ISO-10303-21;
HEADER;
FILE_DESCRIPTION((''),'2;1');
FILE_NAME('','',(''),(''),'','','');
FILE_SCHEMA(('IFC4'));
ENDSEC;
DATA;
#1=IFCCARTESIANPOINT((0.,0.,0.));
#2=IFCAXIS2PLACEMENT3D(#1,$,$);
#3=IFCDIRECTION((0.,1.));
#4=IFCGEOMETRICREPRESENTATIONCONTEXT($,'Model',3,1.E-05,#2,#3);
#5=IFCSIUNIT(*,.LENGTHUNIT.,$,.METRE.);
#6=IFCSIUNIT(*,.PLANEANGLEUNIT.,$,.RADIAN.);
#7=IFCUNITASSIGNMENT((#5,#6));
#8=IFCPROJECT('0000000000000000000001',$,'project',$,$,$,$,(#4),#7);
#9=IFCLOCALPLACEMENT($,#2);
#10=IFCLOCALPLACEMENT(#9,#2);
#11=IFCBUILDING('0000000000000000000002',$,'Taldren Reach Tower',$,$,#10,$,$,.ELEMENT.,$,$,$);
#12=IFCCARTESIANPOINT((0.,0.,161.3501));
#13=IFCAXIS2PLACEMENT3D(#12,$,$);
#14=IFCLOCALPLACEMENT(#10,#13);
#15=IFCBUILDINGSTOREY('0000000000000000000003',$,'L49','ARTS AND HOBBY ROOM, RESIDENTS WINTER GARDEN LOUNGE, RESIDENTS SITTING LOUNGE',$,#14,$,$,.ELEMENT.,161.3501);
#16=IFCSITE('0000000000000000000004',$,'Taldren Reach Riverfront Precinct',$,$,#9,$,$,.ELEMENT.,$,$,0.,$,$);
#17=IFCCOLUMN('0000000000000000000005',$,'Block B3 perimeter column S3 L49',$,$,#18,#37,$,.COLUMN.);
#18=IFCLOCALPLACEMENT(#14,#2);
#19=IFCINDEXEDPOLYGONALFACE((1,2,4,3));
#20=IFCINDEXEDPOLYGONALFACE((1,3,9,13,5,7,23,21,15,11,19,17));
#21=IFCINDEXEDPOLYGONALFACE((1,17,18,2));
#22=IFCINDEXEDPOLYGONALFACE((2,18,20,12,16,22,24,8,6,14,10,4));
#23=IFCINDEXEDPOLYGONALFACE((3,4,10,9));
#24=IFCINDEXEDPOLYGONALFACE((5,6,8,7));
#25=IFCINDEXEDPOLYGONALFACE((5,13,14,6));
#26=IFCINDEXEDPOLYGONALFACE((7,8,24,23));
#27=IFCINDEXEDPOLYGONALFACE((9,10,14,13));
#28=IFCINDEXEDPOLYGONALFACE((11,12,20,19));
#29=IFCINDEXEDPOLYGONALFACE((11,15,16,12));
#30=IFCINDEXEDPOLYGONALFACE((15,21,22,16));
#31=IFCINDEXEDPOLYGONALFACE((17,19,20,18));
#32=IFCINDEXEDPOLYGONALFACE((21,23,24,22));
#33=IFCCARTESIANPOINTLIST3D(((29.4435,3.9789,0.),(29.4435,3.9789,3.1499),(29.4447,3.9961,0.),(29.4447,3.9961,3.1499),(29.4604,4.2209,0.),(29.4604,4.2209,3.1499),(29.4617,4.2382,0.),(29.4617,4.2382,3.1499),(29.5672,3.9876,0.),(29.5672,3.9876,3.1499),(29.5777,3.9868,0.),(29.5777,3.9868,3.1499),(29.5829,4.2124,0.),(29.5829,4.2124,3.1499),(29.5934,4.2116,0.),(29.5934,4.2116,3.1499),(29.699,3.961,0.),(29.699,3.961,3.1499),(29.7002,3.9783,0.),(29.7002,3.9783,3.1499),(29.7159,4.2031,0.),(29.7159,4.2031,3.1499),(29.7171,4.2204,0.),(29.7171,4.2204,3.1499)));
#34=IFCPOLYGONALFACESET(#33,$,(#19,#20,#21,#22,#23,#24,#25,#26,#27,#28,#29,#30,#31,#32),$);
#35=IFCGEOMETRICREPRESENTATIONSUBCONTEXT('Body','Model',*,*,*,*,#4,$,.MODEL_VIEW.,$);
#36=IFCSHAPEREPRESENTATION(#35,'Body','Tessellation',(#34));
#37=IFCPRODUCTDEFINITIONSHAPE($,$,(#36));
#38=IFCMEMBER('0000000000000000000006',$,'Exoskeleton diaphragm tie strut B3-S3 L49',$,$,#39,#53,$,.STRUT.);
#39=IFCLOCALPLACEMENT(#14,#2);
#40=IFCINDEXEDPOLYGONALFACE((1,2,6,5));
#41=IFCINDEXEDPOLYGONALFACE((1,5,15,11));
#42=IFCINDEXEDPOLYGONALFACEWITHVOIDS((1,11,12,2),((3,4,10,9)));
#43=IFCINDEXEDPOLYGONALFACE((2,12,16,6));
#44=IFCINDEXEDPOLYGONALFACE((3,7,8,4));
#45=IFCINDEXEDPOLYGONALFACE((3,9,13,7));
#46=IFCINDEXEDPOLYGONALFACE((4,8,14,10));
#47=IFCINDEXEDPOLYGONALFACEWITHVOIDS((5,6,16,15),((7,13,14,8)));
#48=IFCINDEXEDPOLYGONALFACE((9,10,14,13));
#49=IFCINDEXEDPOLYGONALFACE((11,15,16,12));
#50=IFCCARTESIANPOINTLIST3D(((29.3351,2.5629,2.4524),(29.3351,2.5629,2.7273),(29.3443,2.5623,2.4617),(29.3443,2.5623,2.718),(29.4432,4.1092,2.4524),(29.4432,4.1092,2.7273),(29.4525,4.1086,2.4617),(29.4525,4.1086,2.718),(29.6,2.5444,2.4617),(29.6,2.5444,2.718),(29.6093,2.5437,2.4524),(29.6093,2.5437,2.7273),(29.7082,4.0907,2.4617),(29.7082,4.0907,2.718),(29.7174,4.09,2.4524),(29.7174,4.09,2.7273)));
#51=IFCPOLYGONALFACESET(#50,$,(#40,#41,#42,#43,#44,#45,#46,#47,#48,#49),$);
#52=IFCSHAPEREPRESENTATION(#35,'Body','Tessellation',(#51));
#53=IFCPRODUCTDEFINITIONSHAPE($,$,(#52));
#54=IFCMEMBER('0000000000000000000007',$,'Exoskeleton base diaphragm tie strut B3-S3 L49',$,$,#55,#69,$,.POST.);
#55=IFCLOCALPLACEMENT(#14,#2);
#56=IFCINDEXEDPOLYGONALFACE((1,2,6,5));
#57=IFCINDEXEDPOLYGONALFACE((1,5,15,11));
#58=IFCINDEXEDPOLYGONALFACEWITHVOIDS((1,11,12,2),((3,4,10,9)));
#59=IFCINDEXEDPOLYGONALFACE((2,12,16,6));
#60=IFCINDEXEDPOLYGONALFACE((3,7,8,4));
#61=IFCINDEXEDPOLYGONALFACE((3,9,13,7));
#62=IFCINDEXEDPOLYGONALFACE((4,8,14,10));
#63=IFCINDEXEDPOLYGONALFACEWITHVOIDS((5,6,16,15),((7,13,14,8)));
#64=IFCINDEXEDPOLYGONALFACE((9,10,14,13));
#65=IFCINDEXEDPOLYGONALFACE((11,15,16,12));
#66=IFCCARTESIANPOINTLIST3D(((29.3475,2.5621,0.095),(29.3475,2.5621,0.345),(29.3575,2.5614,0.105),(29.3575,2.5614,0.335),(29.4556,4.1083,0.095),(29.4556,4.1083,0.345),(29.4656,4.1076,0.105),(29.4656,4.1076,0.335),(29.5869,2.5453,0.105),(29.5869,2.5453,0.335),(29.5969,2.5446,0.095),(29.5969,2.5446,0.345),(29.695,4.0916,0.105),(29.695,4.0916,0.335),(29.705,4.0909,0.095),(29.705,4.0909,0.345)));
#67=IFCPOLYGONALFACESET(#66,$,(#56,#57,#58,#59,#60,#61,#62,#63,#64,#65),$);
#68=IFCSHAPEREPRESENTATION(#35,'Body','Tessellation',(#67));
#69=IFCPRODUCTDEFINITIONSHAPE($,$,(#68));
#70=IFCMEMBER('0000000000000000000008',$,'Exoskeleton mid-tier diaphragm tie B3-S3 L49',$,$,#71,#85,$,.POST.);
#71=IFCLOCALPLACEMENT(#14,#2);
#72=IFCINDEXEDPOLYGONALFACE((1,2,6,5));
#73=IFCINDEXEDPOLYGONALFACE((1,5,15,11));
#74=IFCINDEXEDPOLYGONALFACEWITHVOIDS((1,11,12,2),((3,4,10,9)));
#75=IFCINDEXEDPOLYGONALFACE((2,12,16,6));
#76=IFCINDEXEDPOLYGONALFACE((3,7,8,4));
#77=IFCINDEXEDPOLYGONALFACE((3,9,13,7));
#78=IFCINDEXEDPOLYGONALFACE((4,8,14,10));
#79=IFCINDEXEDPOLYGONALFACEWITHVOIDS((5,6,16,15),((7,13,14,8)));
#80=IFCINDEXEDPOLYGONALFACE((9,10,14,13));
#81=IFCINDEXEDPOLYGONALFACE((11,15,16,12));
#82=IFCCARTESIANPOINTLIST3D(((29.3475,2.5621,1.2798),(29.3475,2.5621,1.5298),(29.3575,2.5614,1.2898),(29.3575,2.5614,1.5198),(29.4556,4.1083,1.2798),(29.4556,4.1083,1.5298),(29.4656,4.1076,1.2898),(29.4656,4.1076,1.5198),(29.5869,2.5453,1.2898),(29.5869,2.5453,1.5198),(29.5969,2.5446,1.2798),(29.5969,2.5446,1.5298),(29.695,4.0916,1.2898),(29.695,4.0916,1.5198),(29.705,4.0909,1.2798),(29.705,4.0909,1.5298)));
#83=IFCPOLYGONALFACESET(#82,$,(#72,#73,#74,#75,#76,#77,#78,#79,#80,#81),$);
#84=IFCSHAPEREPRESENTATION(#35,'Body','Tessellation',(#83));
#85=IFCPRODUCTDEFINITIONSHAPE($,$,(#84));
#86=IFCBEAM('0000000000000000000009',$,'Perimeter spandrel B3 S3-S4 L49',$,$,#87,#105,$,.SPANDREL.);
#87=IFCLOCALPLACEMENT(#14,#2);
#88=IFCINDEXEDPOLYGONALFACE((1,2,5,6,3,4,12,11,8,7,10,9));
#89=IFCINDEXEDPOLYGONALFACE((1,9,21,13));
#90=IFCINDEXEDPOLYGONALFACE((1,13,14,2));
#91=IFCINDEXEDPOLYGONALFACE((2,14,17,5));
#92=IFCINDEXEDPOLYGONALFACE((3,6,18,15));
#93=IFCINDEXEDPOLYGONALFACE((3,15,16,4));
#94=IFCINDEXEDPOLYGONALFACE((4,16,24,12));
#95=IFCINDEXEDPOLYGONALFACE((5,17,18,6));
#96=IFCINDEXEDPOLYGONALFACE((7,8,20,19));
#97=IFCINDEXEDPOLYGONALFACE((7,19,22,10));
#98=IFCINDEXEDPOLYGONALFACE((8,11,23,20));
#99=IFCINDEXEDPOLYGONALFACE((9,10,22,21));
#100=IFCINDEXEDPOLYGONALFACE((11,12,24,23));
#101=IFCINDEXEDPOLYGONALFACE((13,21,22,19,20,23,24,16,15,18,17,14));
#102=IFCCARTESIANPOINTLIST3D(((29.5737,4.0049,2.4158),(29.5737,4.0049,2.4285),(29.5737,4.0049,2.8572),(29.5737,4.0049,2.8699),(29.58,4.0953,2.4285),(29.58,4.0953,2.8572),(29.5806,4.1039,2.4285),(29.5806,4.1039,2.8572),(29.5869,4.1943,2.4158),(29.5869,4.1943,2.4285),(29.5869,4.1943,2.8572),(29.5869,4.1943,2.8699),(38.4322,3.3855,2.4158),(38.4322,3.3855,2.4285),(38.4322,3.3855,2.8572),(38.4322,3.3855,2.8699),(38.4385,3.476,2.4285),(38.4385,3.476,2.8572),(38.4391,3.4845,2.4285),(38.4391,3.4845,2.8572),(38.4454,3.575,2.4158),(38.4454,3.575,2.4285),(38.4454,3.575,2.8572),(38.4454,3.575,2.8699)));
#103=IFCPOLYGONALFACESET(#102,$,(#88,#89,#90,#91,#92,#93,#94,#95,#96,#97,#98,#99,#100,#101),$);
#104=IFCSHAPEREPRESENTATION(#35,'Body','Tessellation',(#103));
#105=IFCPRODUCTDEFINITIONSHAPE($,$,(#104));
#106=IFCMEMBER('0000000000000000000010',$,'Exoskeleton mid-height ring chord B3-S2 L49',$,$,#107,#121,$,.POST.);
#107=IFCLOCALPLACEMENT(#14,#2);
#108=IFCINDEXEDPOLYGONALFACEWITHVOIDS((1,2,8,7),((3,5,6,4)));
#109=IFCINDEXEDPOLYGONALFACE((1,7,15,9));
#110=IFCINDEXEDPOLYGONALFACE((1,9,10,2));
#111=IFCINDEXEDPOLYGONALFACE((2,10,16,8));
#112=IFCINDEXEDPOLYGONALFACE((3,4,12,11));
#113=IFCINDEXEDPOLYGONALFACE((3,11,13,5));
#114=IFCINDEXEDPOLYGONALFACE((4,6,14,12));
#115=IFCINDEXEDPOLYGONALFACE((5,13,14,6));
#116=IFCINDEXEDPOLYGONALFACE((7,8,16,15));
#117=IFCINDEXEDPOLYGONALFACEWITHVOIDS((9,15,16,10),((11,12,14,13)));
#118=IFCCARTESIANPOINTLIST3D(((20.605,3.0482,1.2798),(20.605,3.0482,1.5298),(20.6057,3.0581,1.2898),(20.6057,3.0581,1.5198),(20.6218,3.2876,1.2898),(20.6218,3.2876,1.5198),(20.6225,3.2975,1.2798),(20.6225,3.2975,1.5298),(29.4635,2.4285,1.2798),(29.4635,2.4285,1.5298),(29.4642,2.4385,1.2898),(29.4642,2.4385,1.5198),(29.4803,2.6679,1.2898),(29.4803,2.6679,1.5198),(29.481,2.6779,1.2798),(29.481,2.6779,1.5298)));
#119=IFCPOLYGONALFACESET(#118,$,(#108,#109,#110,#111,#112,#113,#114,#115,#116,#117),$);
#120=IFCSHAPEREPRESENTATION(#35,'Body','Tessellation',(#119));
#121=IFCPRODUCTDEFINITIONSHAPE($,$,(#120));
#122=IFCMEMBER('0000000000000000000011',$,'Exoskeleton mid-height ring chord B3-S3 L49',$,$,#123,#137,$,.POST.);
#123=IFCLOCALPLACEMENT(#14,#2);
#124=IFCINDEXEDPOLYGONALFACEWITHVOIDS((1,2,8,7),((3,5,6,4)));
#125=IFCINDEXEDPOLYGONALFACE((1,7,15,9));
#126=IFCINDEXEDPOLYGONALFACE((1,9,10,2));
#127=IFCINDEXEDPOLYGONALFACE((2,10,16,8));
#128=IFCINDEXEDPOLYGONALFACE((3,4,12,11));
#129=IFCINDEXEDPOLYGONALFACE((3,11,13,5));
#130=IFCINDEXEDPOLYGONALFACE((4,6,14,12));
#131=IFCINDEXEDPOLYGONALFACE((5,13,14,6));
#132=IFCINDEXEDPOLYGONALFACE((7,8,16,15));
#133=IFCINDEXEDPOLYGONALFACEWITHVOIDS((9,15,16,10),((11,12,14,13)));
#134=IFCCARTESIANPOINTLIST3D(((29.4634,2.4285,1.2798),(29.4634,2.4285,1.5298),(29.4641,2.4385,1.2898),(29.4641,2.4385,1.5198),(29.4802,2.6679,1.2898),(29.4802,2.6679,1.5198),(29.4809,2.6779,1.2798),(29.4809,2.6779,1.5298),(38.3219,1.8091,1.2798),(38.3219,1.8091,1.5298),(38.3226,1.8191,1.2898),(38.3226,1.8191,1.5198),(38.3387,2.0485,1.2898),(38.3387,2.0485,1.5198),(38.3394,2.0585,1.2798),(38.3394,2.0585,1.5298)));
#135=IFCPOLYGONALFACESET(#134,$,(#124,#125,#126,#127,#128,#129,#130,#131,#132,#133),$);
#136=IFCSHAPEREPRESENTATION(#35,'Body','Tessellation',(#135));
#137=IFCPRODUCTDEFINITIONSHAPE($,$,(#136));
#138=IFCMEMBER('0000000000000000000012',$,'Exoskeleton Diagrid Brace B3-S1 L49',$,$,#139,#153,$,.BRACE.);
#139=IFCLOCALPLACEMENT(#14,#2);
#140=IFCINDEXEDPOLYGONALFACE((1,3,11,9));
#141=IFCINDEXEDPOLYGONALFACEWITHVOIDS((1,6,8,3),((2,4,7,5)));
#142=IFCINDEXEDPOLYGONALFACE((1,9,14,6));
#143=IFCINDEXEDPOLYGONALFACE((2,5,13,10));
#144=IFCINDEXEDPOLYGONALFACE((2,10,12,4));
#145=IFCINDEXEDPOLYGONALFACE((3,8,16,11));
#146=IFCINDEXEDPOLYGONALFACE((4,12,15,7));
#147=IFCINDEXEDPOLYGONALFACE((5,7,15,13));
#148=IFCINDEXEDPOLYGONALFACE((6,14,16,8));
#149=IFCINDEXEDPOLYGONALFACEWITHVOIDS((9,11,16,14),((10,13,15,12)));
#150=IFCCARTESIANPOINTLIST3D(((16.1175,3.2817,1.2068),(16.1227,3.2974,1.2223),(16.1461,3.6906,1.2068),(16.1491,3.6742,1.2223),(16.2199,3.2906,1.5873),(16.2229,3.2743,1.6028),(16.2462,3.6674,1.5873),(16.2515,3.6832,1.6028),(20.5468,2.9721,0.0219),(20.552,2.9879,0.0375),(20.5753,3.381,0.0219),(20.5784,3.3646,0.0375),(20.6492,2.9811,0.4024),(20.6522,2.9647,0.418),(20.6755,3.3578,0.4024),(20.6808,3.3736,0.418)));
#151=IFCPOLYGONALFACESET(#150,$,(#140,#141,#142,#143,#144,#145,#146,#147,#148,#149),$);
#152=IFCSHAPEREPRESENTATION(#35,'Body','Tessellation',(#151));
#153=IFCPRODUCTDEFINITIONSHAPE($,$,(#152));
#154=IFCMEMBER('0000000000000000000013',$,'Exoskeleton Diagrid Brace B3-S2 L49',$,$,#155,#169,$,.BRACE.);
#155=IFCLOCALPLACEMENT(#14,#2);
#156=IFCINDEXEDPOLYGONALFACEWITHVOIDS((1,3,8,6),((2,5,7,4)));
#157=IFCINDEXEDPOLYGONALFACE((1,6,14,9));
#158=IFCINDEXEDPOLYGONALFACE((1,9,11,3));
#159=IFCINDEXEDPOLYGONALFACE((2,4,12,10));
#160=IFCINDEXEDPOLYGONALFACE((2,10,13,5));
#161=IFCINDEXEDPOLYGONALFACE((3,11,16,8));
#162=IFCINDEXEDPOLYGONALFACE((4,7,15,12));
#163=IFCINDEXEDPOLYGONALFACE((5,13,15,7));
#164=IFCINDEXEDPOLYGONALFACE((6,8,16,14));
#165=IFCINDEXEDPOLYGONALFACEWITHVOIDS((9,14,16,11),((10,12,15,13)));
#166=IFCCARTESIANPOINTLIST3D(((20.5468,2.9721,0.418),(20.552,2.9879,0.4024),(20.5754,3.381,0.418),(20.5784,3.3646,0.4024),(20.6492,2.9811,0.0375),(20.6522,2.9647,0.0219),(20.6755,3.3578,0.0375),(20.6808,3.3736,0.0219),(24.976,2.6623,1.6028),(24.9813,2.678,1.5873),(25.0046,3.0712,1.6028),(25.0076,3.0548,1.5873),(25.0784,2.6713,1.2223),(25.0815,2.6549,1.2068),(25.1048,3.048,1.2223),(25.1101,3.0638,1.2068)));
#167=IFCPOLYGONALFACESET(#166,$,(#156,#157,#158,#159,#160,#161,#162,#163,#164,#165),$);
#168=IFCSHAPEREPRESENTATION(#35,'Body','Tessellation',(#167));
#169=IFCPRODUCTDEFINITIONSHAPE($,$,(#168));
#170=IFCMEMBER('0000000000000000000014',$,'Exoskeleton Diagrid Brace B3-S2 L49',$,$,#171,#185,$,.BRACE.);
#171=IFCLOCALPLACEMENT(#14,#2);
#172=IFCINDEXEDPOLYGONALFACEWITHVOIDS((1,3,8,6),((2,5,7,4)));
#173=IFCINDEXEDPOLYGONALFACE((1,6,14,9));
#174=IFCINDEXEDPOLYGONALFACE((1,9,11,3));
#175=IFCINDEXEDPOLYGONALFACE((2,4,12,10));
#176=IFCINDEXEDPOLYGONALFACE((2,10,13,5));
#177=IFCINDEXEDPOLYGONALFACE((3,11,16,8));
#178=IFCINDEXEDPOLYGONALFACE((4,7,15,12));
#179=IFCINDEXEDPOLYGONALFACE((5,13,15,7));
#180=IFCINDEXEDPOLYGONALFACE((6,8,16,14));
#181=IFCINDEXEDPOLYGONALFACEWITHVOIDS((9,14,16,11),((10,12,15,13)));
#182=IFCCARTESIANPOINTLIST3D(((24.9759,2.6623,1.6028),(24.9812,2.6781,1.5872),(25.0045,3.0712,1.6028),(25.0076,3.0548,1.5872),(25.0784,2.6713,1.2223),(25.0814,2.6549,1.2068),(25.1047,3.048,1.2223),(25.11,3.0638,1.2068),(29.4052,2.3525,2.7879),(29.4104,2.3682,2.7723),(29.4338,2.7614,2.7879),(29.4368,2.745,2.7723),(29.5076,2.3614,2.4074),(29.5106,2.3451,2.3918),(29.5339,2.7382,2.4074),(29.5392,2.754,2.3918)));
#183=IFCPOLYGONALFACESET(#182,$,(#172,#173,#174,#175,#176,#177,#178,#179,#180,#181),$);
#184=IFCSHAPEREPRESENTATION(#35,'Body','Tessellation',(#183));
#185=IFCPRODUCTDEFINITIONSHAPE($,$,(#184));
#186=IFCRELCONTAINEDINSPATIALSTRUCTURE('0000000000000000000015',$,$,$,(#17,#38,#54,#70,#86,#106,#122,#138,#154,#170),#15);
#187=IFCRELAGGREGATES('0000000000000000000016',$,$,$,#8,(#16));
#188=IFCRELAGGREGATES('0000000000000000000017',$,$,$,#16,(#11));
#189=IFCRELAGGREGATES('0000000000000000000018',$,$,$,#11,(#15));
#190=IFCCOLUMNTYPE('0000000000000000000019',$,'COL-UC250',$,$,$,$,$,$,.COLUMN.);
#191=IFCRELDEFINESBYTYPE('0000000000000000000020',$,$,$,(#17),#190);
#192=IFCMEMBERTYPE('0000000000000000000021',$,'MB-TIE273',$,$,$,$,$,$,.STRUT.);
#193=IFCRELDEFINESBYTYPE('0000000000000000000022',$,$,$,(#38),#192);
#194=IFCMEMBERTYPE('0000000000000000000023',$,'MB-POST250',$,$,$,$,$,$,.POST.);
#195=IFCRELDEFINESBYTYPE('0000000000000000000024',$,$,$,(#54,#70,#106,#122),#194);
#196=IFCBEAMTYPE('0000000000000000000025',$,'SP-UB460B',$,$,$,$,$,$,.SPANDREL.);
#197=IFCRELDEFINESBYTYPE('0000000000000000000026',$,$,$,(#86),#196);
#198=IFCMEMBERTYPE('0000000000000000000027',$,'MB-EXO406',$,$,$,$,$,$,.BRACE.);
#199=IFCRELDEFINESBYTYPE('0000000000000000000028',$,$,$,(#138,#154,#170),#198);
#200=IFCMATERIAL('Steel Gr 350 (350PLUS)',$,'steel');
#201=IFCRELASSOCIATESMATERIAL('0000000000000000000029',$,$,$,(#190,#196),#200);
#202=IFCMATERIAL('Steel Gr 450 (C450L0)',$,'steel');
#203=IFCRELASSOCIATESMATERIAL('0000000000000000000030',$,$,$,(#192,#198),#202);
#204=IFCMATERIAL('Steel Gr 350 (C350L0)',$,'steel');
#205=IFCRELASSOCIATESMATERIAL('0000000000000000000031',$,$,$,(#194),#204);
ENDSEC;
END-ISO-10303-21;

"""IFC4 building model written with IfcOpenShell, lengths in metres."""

from ifc_helpers import new_model, si_unit, direction, frame, origin, origin_2d, place, context, subcontext, project, spatial, hollow_rectangle, i_section, extrude, source, transform, mapped, material, material_profile, profile_set, type_object, element, save


model = new_model("IFC4")

# Units and contexts
model_context = context("Model", 3, precision=1e-05, world=origin(), true_north=direction((0.0, 1.0)))
body_context = subcontext(model_context, "Body", "Model", "MODEL_VIEW")
ifc_project = project(units=[si_unit("LENGTHUNIT", "METRE"), si_unit("PLANEANGLEUNIT", "RADIAN")], contexts=[model_context])

# Site, building, storey
site_placement = place(None, origin())
site = spatial("IfcSite", under=ifc_project, at=site_placement, Name="Taldren Reach Riverfront Precinct", CompositionType="ELEMENT", RefElevation=0.0)
building_placement = place(site_placement, origin())
building = spatial("IfcBuilding", under=site, at=building_placement, Name="Taldren Reach Tower", CompositionType="ELEMENT")
storey_placement = place(building_placement, frame((0.0, 0.0, 161.3501)))
storey = spatial("IfcBuildingStorey", under=building, at=storey_placement, Name="L49", Description="ARTS AND HOBBY ROOM, RESIDENTS WINTER GARDEN LOUNGE, RESIDENTS SITTING LOUNGE", CompositionType="ELEMENT", Elevation=161.3501)

# Column
ifc_material_1 = material(Name="Steel Gr 350 (350PLUS)", Category="steel")
ifc_material_profile_1 = material_profile(ifc_material_1, i_section(OverallWidth=0.2561, OverallDepth=0.26, WebThickness=0.0105, FlangeThickness=0.0173, at=origin_2d()), Name="250UC89.5")
ifc_profile_set_1 = profile_set([ifc_material_profile_1], Name="Steel Gr 350 (350PLUS)")
column_type = type_object("IfcColumnType", Name="COL-UC250", PredefinedType="COLUMN", material=ifc_profile_set_1)
shared_shape_1 = source(origin(), body_context, "Body", "SweptSolid", [
    extrude(i_section(OverallWidth=0.2561, OverallDepth=0.26, WebThickness=0.0105, FlangeThickness=0.0173, at=origin_2d()), origin(), (0.0, 0.0, 1.0), 3.1499),
])
column_placement = place(storey_placement, frame((29.5803, 4.0996, 0.0), z_axis=(0.0, 0.0, 1.0), x_axis=(0.997564, -0.069756, 0.0)))
element("IfcColumn", 1, at=column_placement, inside=storey, type_object=column_type, Name="Block B3 perimeter column S3 L49", PredefinedType="COLUMN", context=body_context, shape_type="MappedRepresentation", body=[
    mapped(shared_shape_1, transform((0.0, 0.0, 0.0), scale=1.0)),
])

# Members
ifc_material_2 = material(Name="Steel Gr 450 (C450L0)", Category="steel")
ifc_material_profile_2 = material_profile(ifc_material_2, hollow_rectangle(XDim=0.2749, YDim=0.2749, WallThickness=0.0093, at=origin_2d()), Name="275x275x9.3SHS")
ifc_profile_set_2 = profile_set([ifc_material_profile_2], Name="Steel Gr 450 (C450L0)")
member_type_1 = type_object("IfcMemberType", Name="MB-TIE273", PredefinedType="STRUT", material=ifc_profile_set_2)
shared_shape_2 = source(origin(), body_context, "Body", "SweptSolid", [
    extrude(hollow_rectangle(XDim=0.2749, YDim=0.2749, WallThickness=0.0093, at=origin_2d()), origin(), (0.0, 0.0, 1.0), 1.55),
])
member_1_placement = place(storey_placement, frame((29.5803, 4.0996, 2.5898), z_axis=(-0.06977, -0.997563, 0.0), x_axis=(0.997563, -0.06977, 0.0)))
element("IfcMember", 2, at=member_1_placement, inside=storey, type_object=member_type_1, Name="Exoskeleton diaphragm tie strut B3-S3 L49", PredefinedType="STRUT", context=body_context, shape_type="MappedRepresentation", body=[
    mapped(shared_shape_2, transform((0.0, 0.0, 0.0), scale=1.0)),
])
ifc_material_3 = material(Name="Steel Gr 350 (C350L0)", Category="steel")
ifc_material_profile_3 = material_profile(ifc_material_3, hollow_rectangle(XDim=0.25, YDim=0.25, WallThickness=0.01, at=origin_2d()), Name="250x250x10.0SHS")
ifc_profile_set_3 = profile_set([ifc_material_profile_3], Name="Steel Gr 350 (C350L0)")
member_type_2 = type_object("IfcMemberType", Name="MB-POST250", PredefinedType="POST", material=ifc_profile_set_3)
shared_shape_3 = source(origin(), body_context, "Body", "SweptSolid", [
    extrude(hollow_rectangle(XDim=0.25, YDim=0.25, WallThickness=0.01, at=origin_2d()), origin(), (0.0, 0.0, 1.0), 1.55),
])
for number, where, z_axis, x_axis, name in (
    (3, (29.5803, 4.0996, 0.22), (-0.06977, -0.997563, 0.0), (0.997563, -0.06977, 0.0), "Exoskeleton base diaphragm tie strut B3-S3 L49"),
    (4, (29.5803, 4.0996, 1.4048), (-0.06977, -0.997563, 0.0), (0.997563, -0.06977, 0.0), "Exoskeleton mid-tier diaphragm tie B3-S3 L49"),
):
    element("IfcMember", number, at=place(storey_placement, frame(where, z_axis=z_axis, x_axis=x_axis)), inside=storey, type_object=member_type_2, Name=name, PredefinedType="POST", context=body_context, shape_type="MappedRepresentation", body=[
        mapped(shared_shape_3, transform((0.0, 0.0, 0.0), scale=1.0)),
    ])

# Beam
ifc_material_profile_4 = material_profile(ifc_material_1, i_section(OverallWidth=0.1899, OverallDepth=0.4541, WebThickness=0.0085, FlangeThickness=0.0127, at=origin_2d()), Name="460UB67.1")
ifc_profile_set_4 = profile_set([ifc_material_profile_4], Name="Steel Gr 350 (350PLUS)")
beam_type = type_object("IfcBeamType", Name="SP-UB460B", PredefinedType="SPANDREL", material=ifc_profile_set_4)
shared_shape_4 = source(origin(), body_context, "Body", "SweptSolid", [
    extrude(i_section(OverallWidth=0.1899, OverallDepth=0.4541, WebThickness=0.0085, FlangeThickness=0.0127, at=origin_2d()), origin(), (0.0, 0.0, 1.0), 8.8801),
])
beam_placement = place(storey_placement, frame((29.5803, 4.0996, 2.6428), z_axis=(0.997564, -0.06975, 0.0), x_axis=(0.06975, 0.997564, 0.0)))
element("IfcBeam", 5, at=beam_placement, inside=storey, type_object=beam_type, Name="Perimeter spandrel B3 S3-S4 L49", PredefinedType="SPANDREL", context=body_context, shape_type="MappedRepresentation", body=[
    mapped(shared_shape_4, transform((0.0, 0.0, 0.0), scale=1.0)),
])

# Members
shared_shape_5 = source(origin(), body_context, "Body", "SweptSolid", [
    extrude(hollow_rectangle(XDim=0.25, YDim=0.25, WallThickness=0.01, at=origin_2d()), origin(), (0.0, 0.0, 1.0), 8.8801),
])
for number, where, z_axis, x_axis, name in (
    (6, (20.6138, 3.1729, 1.4048), (0.997563, -0.069778, 0.0), (0.069778, 0.997563, 0.0), "Exoskeleton mid-height ring chord B3-S2 L49"),
    (7, (29.4722, 2.5532, 1.4048), (0.997564, -0.06975, 0.0), (0.06975, 0.997564, 0.0), "Exoskeleton mid-height ring chord B3-S3 L49"),
):
    element("IfcMember", number, at=place(storey_placement, frame(where, z_axis=z_axis, x_axis=x_axis)), inside=storey, type_object=member_type_2, Name=name, PredefinedType="POST", context=body_context, shape_type="MappedRepresentation", body=[
        mapped(shared_shape_5, transform((0.0, 0.0, 0.0), scale=1.0)),
    ])
ifc_material_profile_5 = material_profile(ifc_material_2, hollow_rectangle(XDim=0.4099, YDim=0.4099, WallThickness=0.0161, at=origin_2d()), Name="410x410x16.0SHS")
ifc_profile_set_5 = profile_set([ifc_material_profile_5], Name="Steel Gr 450 (C450L0)")
member_type_3 = type_object("IfcMemberType", Name="MB-EXO406", PredefinedType="BRACE", material=ifc_profile_set_5)
shared_shape_6 = source(origin(), body_context, "Body", "SweptSolid", [
    extrude(hollow_rectangle(XDim=0.4099, YDim=0.4099, WallThickness=0.0161, at=origin_2d()), origin(), (0.0, 0.0, 1.0), 4.5955),
])
for number, where, z_axis, x_axis, name in (
    (8, (20.6138, 3.1729, 0.22), (-0.96384, 0.067366, 0.257828), (-0.069723, -0.997566, 0.0), "Exoskeleton Diagrid Brace B3-S1 L49"),
    (9, (20.6138, 3.1729, 0.22), (0.963836, -0.067419, 0.257827), (0.069778, 0.997563, 0.0), "Exoskeleton Diagrid Brace B3-S2 L49"),
    (10, (25.043, 2.863, 1.4048), (0.963823, -0.067418, 0.257877), (0.069778, 0.997563, 0.0), "Exoskeleton Diagrid Brace B3-S2 L49"),
):
    element("IfcMember", number, at=place(storey_placement, frame(where, z_axis=z_axis, x_axis=x_axis)), inside=storey, type_object=member_type_3, Name=name, PredefinedType="BRACE", context=body_context, shape_type="MappedRepresentation", body=[
        mapped(shared_shape_6, transform((0.0, 0.0, 0.0), scale=1.0)),
    ])

save(model, "model.ifc")
